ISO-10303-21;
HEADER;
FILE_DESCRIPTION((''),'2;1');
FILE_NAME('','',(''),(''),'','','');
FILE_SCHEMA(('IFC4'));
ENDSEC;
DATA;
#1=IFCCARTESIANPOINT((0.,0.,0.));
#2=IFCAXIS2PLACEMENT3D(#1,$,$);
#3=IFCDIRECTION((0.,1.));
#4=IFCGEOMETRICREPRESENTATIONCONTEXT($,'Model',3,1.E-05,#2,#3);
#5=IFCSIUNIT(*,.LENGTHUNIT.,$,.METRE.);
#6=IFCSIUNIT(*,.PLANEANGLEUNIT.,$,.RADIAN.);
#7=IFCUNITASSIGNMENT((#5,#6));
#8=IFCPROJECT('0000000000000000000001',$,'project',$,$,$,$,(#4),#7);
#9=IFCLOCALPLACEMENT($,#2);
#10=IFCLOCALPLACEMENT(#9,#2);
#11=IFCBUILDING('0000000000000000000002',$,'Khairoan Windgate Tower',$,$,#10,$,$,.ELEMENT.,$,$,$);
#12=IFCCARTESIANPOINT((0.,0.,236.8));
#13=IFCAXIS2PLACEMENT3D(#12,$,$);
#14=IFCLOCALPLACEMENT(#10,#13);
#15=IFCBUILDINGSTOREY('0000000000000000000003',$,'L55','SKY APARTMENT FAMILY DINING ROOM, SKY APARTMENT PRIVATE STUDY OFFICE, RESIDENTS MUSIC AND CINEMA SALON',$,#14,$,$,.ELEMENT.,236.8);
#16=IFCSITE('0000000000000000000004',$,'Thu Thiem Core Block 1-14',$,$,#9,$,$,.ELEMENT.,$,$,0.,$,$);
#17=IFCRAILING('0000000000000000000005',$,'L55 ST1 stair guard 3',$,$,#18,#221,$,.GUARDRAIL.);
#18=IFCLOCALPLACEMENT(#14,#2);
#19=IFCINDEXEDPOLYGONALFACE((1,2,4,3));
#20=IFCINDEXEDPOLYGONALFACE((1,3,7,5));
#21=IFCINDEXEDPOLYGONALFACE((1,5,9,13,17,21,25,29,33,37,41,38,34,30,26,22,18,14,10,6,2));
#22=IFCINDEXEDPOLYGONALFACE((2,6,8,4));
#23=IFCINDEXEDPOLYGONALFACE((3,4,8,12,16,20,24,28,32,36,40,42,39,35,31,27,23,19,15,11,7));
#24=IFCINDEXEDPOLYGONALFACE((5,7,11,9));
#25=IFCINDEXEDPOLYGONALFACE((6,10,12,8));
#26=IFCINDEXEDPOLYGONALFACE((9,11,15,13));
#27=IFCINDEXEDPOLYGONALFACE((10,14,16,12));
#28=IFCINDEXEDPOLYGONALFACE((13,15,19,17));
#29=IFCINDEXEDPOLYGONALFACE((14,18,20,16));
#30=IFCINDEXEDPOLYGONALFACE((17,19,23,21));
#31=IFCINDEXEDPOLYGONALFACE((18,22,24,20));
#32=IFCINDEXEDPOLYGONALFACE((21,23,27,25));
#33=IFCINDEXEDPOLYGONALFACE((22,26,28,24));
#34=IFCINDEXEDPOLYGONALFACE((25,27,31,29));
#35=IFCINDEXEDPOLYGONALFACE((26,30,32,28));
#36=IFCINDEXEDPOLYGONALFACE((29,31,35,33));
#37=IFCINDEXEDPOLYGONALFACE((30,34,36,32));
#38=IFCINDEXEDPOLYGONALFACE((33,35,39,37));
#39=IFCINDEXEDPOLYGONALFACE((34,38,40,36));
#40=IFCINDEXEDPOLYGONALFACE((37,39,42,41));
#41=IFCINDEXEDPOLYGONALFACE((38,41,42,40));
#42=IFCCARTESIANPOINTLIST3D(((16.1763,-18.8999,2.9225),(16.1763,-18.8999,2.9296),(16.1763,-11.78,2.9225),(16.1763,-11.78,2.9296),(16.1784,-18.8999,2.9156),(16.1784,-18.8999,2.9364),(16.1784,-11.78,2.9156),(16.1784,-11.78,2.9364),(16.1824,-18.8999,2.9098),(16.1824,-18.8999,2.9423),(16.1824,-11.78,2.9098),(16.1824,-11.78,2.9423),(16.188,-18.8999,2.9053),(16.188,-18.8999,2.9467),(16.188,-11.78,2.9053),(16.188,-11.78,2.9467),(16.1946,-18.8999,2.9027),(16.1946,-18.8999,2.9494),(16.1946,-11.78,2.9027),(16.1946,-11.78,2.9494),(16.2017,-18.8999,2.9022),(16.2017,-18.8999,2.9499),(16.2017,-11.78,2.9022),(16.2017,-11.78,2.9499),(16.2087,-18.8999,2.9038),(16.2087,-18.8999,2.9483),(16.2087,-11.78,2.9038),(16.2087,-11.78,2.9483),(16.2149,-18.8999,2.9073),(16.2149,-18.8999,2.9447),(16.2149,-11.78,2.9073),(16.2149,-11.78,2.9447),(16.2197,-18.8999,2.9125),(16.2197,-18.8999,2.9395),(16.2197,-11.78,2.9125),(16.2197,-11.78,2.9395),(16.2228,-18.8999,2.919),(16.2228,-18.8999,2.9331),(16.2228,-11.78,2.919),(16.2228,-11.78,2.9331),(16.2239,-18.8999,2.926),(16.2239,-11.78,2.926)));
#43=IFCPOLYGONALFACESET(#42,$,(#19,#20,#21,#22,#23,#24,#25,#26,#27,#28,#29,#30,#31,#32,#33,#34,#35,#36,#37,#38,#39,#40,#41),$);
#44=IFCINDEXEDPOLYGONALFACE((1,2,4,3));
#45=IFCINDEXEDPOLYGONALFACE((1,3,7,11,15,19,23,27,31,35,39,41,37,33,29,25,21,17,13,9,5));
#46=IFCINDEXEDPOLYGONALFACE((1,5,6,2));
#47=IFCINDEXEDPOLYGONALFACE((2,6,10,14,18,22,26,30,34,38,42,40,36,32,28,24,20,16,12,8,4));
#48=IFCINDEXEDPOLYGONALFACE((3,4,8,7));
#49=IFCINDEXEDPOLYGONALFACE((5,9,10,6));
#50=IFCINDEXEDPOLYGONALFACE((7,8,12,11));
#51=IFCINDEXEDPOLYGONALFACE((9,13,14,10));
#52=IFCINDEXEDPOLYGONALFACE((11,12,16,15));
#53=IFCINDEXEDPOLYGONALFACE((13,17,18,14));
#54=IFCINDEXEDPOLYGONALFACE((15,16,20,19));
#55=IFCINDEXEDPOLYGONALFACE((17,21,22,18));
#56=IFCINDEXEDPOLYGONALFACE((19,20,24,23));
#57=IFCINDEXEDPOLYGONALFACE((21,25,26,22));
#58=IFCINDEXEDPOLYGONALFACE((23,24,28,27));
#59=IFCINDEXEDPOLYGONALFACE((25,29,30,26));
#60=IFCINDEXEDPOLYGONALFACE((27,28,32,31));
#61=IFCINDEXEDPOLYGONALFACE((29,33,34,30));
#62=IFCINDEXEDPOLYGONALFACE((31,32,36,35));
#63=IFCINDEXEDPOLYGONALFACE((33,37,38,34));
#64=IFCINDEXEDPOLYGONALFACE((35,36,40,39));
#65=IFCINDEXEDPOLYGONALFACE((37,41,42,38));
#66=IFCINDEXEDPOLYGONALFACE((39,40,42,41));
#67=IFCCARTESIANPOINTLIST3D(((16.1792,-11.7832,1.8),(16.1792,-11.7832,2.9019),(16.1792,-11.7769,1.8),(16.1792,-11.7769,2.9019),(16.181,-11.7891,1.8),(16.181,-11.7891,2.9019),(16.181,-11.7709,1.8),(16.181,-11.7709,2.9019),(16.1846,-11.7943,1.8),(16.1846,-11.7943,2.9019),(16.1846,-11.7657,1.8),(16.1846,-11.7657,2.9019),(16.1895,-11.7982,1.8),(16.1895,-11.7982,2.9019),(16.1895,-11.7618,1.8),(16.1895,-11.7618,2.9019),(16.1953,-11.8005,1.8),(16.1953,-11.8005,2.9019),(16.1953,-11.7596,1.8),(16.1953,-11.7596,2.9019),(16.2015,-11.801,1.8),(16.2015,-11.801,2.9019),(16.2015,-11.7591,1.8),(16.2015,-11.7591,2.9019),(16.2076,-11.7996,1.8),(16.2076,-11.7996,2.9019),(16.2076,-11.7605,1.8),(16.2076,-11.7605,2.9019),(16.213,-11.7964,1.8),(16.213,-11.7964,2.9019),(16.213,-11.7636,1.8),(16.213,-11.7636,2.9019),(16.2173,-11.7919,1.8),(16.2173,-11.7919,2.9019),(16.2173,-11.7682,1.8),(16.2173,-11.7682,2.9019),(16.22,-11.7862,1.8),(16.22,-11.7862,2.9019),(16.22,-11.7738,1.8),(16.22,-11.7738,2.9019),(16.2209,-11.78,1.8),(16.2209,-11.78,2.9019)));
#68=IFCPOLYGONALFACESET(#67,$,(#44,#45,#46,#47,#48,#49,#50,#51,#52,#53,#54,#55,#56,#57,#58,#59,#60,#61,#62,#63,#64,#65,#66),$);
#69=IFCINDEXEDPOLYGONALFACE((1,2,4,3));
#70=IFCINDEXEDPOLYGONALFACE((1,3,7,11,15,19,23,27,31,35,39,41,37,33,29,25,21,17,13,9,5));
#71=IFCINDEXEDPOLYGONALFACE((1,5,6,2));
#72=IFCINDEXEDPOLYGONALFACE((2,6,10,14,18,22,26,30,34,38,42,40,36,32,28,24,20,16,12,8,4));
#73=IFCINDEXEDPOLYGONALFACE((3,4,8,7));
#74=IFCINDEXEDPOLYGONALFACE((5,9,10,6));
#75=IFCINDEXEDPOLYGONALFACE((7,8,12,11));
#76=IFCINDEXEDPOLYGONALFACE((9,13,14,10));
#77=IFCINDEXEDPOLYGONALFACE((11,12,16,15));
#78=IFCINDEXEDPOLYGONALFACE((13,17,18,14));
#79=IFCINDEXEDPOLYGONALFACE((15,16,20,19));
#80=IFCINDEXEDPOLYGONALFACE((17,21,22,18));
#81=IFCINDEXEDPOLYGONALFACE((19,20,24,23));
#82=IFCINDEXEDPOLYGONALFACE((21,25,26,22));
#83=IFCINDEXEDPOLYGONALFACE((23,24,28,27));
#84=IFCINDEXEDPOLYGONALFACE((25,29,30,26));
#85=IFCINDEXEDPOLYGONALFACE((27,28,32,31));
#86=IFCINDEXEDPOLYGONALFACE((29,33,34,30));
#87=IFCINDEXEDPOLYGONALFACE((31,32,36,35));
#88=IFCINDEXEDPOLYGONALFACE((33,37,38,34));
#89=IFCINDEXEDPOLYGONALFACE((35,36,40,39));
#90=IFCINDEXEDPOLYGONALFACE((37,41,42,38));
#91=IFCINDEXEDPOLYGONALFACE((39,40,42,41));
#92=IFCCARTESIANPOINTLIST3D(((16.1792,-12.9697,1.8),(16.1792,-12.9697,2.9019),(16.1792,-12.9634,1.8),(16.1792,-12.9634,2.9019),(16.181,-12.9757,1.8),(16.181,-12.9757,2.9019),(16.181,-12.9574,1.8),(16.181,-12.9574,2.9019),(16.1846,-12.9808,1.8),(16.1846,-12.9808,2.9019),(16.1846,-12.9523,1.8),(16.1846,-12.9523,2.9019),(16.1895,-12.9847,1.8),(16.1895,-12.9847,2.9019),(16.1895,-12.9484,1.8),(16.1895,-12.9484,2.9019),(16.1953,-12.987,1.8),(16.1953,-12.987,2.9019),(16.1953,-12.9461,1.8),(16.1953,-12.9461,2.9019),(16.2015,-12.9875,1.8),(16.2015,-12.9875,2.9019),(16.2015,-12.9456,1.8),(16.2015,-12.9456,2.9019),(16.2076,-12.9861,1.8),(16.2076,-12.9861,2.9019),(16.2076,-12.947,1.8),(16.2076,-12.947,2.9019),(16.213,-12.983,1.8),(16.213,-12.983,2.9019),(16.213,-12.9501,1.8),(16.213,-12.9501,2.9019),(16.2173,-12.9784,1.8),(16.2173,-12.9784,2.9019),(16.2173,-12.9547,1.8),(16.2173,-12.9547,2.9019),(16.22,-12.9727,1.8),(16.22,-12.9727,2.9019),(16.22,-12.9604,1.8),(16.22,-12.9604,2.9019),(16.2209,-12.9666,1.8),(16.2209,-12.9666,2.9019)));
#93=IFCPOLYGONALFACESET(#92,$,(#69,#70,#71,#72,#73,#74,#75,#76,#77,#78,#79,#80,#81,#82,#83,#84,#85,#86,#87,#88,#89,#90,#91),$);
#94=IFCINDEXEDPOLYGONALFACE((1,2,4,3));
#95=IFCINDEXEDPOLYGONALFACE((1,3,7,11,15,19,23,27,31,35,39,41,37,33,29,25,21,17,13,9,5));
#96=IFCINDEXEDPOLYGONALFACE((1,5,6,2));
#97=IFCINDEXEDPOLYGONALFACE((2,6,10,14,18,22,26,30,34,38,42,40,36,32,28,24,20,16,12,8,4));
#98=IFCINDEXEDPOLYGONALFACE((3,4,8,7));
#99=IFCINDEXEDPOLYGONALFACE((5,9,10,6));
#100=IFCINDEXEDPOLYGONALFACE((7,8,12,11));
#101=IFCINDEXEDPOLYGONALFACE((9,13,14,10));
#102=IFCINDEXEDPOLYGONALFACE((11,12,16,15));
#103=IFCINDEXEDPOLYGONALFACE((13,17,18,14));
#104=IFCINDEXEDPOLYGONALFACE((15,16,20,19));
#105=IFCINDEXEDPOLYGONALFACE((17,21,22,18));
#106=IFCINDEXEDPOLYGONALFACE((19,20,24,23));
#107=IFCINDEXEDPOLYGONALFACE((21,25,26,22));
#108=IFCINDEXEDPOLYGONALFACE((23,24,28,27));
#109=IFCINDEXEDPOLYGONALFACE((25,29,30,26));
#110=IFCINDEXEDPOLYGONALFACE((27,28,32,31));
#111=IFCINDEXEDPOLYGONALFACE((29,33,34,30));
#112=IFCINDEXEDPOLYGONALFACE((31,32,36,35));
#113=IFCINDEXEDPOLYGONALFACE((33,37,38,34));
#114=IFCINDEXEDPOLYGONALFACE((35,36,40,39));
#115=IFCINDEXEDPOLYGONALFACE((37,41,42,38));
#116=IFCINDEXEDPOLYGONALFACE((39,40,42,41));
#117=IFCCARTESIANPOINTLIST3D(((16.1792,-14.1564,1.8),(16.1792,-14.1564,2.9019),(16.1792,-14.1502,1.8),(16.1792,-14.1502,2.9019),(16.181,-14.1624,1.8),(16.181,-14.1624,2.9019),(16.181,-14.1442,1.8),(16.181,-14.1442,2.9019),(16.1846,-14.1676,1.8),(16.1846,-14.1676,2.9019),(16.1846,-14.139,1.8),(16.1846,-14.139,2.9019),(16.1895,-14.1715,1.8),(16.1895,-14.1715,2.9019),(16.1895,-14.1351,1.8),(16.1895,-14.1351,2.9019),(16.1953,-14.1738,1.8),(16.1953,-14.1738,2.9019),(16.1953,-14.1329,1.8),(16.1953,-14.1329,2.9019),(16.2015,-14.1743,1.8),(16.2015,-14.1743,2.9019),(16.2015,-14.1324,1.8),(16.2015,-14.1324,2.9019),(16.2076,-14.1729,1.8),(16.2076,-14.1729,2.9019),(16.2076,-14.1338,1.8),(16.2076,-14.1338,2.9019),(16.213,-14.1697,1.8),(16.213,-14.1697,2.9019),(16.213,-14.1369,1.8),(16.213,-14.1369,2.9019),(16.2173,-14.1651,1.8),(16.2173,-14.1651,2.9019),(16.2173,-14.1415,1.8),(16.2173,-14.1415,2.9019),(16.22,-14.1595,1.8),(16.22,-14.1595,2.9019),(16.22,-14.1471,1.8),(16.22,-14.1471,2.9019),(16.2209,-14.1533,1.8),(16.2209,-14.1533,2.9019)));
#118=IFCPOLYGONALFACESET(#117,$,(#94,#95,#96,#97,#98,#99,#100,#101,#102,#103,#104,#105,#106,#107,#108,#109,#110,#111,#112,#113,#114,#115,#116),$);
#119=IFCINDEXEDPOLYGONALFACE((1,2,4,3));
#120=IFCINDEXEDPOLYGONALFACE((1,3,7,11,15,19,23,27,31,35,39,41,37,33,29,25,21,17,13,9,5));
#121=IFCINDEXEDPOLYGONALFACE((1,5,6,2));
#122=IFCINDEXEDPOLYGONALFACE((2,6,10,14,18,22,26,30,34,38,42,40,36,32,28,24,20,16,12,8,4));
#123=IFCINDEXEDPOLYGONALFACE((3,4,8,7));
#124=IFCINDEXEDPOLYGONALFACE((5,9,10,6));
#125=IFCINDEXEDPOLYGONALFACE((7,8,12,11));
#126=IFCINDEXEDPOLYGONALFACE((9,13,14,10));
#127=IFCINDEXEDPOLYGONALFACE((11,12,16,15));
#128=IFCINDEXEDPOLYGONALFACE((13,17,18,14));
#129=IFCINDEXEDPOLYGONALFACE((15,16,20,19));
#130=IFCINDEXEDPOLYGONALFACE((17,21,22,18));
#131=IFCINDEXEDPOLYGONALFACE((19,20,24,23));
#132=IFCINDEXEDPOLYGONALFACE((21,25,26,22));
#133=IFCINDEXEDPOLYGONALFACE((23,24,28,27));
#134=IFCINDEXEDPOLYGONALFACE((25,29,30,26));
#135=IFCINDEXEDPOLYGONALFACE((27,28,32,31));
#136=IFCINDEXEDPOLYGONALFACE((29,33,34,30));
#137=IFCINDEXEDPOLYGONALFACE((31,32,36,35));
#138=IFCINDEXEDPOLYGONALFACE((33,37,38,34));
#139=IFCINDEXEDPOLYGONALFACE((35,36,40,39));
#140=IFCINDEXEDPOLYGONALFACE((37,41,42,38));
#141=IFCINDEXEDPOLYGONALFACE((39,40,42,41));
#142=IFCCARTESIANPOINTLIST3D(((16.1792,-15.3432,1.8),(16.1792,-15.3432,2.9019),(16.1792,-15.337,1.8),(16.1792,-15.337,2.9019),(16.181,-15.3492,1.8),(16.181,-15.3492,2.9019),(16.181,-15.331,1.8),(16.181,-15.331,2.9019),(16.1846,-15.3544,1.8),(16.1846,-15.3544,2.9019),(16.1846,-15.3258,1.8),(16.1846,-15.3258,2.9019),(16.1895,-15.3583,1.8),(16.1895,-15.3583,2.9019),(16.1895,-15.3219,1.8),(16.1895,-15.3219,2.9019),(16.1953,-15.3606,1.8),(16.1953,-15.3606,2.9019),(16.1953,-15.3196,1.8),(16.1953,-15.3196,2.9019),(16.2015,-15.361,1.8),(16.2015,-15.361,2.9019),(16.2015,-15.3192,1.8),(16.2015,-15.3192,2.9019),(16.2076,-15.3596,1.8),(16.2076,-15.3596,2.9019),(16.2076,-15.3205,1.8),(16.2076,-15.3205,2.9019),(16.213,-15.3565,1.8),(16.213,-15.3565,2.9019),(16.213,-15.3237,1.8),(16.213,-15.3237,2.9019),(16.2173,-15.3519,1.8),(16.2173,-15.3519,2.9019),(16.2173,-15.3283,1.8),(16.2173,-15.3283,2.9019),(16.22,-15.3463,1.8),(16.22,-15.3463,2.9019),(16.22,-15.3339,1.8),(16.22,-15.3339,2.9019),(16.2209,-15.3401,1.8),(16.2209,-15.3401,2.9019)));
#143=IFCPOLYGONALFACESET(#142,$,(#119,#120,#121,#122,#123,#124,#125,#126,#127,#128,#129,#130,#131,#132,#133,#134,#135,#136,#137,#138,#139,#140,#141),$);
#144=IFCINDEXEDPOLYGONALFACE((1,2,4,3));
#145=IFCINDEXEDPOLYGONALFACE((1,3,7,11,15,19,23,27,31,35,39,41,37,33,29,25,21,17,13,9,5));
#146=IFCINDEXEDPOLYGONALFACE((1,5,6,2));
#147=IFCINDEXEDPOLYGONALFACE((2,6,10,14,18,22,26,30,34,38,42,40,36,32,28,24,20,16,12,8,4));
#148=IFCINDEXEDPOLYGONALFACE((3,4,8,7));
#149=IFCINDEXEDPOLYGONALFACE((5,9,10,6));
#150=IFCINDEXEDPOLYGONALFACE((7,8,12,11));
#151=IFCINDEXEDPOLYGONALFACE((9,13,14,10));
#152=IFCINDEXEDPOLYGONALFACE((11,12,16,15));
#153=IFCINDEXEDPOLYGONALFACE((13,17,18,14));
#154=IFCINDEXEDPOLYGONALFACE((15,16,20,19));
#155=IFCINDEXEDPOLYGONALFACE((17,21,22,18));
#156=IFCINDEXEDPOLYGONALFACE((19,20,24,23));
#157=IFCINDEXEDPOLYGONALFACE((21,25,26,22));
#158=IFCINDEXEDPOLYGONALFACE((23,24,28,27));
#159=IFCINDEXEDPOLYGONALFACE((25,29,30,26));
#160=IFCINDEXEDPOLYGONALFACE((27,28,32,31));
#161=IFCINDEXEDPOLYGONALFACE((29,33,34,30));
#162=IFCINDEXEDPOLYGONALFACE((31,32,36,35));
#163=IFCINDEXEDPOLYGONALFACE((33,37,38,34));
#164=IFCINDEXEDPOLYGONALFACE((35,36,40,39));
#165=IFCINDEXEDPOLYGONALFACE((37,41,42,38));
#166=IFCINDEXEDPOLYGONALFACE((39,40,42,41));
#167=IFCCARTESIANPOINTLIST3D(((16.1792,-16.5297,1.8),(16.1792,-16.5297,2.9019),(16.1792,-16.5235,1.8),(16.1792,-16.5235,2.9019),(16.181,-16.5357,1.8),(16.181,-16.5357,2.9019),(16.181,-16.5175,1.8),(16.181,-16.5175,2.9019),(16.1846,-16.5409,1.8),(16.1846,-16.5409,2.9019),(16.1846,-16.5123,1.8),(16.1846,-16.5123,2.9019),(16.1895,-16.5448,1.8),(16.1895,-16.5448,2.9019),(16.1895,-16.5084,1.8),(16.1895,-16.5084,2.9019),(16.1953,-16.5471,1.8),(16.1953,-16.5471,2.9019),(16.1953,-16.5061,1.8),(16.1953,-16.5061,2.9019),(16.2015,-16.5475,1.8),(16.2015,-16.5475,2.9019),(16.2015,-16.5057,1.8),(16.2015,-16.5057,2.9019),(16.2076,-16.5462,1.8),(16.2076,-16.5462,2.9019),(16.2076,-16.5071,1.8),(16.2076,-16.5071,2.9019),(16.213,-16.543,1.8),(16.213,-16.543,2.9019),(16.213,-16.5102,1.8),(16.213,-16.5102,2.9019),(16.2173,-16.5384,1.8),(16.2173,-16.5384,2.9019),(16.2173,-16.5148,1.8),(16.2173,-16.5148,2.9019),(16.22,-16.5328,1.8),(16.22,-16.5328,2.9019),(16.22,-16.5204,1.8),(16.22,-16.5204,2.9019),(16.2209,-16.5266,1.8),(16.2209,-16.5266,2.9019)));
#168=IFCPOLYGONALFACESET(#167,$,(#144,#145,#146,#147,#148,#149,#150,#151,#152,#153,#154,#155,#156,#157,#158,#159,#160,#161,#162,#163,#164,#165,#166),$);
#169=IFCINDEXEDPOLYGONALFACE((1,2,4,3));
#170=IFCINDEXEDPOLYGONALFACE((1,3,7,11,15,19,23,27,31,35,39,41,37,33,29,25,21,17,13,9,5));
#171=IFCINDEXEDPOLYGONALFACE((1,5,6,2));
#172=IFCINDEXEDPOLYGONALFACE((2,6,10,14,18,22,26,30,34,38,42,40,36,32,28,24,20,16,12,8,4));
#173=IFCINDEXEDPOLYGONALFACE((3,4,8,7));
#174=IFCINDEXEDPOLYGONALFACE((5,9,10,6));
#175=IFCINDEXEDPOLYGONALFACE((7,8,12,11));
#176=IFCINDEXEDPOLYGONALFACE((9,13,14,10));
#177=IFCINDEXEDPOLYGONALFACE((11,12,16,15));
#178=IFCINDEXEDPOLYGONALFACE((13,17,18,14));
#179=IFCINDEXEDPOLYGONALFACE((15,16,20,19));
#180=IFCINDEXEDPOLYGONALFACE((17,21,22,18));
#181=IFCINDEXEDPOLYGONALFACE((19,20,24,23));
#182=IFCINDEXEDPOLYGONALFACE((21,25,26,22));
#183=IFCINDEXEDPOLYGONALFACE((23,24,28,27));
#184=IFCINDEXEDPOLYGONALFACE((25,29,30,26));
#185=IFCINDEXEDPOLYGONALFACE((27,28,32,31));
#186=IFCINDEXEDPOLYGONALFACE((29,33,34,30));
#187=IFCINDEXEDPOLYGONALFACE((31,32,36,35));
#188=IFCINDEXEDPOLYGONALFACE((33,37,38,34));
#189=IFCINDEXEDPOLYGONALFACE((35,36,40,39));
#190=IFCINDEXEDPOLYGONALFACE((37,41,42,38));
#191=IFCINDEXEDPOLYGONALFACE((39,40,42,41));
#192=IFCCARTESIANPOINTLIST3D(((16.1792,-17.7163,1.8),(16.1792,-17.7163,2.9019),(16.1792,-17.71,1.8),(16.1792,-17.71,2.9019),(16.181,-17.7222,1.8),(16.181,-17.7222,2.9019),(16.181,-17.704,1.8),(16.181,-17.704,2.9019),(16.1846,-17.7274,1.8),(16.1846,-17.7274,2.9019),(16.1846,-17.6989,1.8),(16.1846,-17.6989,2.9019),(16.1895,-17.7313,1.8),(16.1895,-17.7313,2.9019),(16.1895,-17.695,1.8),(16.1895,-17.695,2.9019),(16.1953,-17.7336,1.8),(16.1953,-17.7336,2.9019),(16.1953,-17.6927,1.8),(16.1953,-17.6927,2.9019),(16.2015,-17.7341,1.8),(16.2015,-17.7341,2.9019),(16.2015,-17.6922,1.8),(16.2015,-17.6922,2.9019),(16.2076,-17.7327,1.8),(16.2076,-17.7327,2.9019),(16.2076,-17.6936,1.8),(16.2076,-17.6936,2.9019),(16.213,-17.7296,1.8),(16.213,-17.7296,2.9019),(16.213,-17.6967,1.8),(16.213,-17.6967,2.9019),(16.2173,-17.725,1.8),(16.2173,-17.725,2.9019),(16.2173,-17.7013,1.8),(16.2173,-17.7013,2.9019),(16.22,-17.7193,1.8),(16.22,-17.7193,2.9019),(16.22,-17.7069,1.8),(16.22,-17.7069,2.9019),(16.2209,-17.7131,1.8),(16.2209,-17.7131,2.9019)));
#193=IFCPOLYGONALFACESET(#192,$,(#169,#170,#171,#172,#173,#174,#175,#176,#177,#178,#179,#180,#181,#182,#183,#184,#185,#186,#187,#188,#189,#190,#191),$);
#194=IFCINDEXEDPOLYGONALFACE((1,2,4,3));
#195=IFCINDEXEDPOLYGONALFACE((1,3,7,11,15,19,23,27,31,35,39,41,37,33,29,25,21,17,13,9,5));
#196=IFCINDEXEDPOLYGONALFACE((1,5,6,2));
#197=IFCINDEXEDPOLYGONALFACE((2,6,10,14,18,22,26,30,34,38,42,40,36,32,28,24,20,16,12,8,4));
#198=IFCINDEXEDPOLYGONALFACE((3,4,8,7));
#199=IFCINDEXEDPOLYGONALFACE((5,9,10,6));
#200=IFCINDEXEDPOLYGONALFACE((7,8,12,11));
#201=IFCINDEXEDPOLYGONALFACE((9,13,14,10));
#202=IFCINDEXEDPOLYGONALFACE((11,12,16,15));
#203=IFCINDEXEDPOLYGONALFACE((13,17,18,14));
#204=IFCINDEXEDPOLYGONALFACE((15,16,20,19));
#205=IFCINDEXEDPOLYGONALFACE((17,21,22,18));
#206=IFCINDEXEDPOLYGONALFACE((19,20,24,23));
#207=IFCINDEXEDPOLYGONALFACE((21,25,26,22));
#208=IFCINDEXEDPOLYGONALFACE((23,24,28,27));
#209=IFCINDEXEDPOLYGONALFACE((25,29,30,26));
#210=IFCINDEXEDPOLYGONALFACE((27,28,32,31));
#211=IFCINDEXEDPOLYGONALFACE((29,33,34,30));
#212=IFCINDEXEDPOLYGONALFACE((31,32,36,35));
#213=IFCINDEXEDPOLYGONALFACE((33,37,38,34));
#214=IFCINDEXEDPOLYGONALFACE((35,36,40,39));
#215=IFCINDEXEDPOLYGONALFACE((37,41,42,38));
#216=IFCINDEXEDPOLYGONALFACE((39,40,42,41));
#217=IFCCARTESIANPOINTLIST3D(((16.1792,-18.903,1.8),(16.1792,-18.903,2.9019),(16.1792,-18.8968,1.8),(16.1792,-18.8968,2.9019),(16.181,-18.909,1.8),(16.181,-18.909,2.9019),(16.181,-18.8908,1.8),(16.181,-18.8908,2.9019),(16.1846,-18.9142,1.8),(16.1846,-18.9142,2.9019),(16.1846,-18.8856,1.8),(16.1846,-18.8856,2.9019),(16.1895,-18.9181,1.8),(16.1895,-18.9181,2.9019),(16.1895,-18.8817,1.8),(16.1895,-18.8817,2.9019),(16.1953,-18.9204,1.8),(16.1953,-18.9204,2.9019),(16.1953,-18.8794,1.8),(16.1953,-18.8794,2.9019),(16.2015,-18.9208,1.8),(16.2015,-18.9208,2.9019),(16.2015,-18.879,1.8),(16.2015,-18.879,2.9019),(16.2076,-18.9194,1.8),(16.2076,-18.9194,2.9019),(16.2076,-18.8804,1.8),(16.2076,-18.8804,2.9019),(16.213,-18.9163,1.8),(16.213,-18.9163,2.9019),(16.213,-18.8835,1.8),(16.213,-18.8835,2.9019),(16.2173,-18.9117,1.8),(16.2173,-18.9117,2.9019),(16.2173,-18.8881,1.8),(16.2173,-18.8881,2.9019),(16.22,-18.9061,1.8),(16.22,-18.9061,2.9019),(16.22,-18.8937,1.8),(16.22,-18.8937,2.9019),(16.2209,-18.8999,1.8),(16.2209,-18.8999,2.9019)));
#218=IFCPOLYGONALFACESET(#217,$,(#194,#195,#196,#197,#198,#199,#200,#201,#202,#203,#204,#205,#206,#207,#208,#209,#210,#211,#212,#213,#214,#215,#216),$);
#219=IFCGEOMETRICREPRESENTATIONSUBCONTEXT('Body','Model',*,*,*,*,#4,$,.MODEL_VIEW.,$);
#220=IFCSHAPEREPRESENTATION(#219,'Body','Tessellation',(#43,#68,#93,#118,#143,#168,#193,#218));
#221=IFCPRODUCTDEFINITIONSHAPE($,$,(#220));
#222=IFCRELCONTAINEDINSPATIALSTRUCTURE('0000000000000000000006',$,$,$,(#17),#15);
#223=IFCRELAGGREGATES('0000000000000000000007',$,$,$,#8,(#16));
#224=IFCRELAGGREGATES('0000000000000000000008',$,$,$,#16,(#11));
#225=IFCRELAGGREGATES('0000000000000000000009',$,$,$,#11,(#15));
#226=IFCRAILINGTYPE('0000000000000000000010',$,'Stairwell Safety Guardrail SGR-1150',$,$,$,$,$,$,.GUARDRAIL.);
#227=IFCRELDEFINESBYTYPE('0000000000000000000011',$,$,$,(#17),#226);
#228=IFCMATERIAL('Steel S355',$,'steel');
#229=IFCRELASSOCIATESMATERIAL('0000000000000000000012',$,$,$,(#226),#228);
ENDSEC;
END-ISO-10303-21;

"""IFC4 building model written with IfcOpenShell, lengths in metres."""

from ifc_helpers import new_model, si_unit, direction, frame, origin, origin_2d, place, context, subcontext, project, spatial, circle, extrude, material, type_object, element, save


model = new_model("IFC4")

# Units and contexts
model_context = context("Model", 3, precision=1e-05, world=origin(), true_north=direction((0.0, 1.0)))
body_context = subcontext(model_context, "Body", "Model", "MODEL_VIEW")
ifc_project = project(units=[si_unit("LENGTHUNIT", "METRE"), si_unit("PLANEANGLEUNIT", "RADIAN")], contexts=[model_context])

# Site, building, storey
site_placement = place(None, origin())
site = spatial("IfcSite", under=ifc_project, at=site_placement, Name="Thu Thiem Core Block 1-14", CompositionType="ELEMENT", RefElevation=0.0)
building_placement = place(site_placement, origin())
building = spatial("IfcBuilding", under=site, at=building_placement, Name="Khairoan Windgate Tower", CompositionType="ELEMENT")
storey_placement = place(building_placement, frame((0.0, 0.0, 236.8)))
storey = spatial("IfcBuildingStorey", under=building, at=storey_placement, Name="L55", Description="SKY APARTMENT FAMILY DINING ROOM, SKY APARTMENT PRIVATE STUDY OFFICE, RESIDENTS MUSIC AND CINEMA SALON", CompositionType="ELEMENT", Elevation=236.8)

# Railing
ifc_material_1 = material(Name="Steel S355", Category="steel")
railing_type_1 = type_object("IfcRailingType", Name="Stairwell Safety Guardrail SGR-1150", PredefinedType="GUARDRAIL", material=ifc_material_1)
railing_1_placement = place(storey_placement, frame((16.2, -11.78, 1.8)))
element("IfcRailing", 1, at=railing_1_placement, inside=storey, type_object=railing_type_1, Name="L55 ST1 stair guard 3", PredefinedType="GUARDRAIL", context=body_context, shape_type="SweptSolid", body=[
    extrude(circle(Radius=0.0239, at=origin_2d()), frame((0.0, 0.0, 1.126), z_axis=(0.0, -1.0, 0.0), x_axis=(1.0, 0.0, 0.0)), (0.0, 0.0, 1.0), 7.1199),
    extrude(circle(Radius=0.021, at=origin_2d()), origin(), (0.0, 0.0, 1.0), 1.1018),
    extrude(circle(Radius=0.021, at=origin_2d()), frame((0.0, -1.1865, 0.0)), (0.0, 0.0, 1.0), 1.1018),
    extrude(circle(Radius=0.021, at=origin_2d()), frame((0.0, -2.3733, 0.0)), (0.0, 0.0, 1.0), 1.1018),
    extrude(circle(Radius=0.021, at=origin_2d()), frame((0.0, -3.5601, 0.0)), (0.0, 0.0, 1.0), 1.1018),
    extrude(circle(Radius=0.021, at=origin_2d()), frame((0.0, -4.7466, 0.0)), (0.0, 0.0, 1.0), 1.1018),
    extrude(circle(Radius=0.021, at=origin_2d()), frame((0.0, -5.9331, 0.0)), (0.0, 0.0, 1.0), 1.1018),
    extrude(circle(Radius=0.021, at=origin_2d()), frame((0.0, -7.1199, 0.0)), (0.0, 0.0, 1.0), 1.1018),
])

save(model, "model.ifc")
